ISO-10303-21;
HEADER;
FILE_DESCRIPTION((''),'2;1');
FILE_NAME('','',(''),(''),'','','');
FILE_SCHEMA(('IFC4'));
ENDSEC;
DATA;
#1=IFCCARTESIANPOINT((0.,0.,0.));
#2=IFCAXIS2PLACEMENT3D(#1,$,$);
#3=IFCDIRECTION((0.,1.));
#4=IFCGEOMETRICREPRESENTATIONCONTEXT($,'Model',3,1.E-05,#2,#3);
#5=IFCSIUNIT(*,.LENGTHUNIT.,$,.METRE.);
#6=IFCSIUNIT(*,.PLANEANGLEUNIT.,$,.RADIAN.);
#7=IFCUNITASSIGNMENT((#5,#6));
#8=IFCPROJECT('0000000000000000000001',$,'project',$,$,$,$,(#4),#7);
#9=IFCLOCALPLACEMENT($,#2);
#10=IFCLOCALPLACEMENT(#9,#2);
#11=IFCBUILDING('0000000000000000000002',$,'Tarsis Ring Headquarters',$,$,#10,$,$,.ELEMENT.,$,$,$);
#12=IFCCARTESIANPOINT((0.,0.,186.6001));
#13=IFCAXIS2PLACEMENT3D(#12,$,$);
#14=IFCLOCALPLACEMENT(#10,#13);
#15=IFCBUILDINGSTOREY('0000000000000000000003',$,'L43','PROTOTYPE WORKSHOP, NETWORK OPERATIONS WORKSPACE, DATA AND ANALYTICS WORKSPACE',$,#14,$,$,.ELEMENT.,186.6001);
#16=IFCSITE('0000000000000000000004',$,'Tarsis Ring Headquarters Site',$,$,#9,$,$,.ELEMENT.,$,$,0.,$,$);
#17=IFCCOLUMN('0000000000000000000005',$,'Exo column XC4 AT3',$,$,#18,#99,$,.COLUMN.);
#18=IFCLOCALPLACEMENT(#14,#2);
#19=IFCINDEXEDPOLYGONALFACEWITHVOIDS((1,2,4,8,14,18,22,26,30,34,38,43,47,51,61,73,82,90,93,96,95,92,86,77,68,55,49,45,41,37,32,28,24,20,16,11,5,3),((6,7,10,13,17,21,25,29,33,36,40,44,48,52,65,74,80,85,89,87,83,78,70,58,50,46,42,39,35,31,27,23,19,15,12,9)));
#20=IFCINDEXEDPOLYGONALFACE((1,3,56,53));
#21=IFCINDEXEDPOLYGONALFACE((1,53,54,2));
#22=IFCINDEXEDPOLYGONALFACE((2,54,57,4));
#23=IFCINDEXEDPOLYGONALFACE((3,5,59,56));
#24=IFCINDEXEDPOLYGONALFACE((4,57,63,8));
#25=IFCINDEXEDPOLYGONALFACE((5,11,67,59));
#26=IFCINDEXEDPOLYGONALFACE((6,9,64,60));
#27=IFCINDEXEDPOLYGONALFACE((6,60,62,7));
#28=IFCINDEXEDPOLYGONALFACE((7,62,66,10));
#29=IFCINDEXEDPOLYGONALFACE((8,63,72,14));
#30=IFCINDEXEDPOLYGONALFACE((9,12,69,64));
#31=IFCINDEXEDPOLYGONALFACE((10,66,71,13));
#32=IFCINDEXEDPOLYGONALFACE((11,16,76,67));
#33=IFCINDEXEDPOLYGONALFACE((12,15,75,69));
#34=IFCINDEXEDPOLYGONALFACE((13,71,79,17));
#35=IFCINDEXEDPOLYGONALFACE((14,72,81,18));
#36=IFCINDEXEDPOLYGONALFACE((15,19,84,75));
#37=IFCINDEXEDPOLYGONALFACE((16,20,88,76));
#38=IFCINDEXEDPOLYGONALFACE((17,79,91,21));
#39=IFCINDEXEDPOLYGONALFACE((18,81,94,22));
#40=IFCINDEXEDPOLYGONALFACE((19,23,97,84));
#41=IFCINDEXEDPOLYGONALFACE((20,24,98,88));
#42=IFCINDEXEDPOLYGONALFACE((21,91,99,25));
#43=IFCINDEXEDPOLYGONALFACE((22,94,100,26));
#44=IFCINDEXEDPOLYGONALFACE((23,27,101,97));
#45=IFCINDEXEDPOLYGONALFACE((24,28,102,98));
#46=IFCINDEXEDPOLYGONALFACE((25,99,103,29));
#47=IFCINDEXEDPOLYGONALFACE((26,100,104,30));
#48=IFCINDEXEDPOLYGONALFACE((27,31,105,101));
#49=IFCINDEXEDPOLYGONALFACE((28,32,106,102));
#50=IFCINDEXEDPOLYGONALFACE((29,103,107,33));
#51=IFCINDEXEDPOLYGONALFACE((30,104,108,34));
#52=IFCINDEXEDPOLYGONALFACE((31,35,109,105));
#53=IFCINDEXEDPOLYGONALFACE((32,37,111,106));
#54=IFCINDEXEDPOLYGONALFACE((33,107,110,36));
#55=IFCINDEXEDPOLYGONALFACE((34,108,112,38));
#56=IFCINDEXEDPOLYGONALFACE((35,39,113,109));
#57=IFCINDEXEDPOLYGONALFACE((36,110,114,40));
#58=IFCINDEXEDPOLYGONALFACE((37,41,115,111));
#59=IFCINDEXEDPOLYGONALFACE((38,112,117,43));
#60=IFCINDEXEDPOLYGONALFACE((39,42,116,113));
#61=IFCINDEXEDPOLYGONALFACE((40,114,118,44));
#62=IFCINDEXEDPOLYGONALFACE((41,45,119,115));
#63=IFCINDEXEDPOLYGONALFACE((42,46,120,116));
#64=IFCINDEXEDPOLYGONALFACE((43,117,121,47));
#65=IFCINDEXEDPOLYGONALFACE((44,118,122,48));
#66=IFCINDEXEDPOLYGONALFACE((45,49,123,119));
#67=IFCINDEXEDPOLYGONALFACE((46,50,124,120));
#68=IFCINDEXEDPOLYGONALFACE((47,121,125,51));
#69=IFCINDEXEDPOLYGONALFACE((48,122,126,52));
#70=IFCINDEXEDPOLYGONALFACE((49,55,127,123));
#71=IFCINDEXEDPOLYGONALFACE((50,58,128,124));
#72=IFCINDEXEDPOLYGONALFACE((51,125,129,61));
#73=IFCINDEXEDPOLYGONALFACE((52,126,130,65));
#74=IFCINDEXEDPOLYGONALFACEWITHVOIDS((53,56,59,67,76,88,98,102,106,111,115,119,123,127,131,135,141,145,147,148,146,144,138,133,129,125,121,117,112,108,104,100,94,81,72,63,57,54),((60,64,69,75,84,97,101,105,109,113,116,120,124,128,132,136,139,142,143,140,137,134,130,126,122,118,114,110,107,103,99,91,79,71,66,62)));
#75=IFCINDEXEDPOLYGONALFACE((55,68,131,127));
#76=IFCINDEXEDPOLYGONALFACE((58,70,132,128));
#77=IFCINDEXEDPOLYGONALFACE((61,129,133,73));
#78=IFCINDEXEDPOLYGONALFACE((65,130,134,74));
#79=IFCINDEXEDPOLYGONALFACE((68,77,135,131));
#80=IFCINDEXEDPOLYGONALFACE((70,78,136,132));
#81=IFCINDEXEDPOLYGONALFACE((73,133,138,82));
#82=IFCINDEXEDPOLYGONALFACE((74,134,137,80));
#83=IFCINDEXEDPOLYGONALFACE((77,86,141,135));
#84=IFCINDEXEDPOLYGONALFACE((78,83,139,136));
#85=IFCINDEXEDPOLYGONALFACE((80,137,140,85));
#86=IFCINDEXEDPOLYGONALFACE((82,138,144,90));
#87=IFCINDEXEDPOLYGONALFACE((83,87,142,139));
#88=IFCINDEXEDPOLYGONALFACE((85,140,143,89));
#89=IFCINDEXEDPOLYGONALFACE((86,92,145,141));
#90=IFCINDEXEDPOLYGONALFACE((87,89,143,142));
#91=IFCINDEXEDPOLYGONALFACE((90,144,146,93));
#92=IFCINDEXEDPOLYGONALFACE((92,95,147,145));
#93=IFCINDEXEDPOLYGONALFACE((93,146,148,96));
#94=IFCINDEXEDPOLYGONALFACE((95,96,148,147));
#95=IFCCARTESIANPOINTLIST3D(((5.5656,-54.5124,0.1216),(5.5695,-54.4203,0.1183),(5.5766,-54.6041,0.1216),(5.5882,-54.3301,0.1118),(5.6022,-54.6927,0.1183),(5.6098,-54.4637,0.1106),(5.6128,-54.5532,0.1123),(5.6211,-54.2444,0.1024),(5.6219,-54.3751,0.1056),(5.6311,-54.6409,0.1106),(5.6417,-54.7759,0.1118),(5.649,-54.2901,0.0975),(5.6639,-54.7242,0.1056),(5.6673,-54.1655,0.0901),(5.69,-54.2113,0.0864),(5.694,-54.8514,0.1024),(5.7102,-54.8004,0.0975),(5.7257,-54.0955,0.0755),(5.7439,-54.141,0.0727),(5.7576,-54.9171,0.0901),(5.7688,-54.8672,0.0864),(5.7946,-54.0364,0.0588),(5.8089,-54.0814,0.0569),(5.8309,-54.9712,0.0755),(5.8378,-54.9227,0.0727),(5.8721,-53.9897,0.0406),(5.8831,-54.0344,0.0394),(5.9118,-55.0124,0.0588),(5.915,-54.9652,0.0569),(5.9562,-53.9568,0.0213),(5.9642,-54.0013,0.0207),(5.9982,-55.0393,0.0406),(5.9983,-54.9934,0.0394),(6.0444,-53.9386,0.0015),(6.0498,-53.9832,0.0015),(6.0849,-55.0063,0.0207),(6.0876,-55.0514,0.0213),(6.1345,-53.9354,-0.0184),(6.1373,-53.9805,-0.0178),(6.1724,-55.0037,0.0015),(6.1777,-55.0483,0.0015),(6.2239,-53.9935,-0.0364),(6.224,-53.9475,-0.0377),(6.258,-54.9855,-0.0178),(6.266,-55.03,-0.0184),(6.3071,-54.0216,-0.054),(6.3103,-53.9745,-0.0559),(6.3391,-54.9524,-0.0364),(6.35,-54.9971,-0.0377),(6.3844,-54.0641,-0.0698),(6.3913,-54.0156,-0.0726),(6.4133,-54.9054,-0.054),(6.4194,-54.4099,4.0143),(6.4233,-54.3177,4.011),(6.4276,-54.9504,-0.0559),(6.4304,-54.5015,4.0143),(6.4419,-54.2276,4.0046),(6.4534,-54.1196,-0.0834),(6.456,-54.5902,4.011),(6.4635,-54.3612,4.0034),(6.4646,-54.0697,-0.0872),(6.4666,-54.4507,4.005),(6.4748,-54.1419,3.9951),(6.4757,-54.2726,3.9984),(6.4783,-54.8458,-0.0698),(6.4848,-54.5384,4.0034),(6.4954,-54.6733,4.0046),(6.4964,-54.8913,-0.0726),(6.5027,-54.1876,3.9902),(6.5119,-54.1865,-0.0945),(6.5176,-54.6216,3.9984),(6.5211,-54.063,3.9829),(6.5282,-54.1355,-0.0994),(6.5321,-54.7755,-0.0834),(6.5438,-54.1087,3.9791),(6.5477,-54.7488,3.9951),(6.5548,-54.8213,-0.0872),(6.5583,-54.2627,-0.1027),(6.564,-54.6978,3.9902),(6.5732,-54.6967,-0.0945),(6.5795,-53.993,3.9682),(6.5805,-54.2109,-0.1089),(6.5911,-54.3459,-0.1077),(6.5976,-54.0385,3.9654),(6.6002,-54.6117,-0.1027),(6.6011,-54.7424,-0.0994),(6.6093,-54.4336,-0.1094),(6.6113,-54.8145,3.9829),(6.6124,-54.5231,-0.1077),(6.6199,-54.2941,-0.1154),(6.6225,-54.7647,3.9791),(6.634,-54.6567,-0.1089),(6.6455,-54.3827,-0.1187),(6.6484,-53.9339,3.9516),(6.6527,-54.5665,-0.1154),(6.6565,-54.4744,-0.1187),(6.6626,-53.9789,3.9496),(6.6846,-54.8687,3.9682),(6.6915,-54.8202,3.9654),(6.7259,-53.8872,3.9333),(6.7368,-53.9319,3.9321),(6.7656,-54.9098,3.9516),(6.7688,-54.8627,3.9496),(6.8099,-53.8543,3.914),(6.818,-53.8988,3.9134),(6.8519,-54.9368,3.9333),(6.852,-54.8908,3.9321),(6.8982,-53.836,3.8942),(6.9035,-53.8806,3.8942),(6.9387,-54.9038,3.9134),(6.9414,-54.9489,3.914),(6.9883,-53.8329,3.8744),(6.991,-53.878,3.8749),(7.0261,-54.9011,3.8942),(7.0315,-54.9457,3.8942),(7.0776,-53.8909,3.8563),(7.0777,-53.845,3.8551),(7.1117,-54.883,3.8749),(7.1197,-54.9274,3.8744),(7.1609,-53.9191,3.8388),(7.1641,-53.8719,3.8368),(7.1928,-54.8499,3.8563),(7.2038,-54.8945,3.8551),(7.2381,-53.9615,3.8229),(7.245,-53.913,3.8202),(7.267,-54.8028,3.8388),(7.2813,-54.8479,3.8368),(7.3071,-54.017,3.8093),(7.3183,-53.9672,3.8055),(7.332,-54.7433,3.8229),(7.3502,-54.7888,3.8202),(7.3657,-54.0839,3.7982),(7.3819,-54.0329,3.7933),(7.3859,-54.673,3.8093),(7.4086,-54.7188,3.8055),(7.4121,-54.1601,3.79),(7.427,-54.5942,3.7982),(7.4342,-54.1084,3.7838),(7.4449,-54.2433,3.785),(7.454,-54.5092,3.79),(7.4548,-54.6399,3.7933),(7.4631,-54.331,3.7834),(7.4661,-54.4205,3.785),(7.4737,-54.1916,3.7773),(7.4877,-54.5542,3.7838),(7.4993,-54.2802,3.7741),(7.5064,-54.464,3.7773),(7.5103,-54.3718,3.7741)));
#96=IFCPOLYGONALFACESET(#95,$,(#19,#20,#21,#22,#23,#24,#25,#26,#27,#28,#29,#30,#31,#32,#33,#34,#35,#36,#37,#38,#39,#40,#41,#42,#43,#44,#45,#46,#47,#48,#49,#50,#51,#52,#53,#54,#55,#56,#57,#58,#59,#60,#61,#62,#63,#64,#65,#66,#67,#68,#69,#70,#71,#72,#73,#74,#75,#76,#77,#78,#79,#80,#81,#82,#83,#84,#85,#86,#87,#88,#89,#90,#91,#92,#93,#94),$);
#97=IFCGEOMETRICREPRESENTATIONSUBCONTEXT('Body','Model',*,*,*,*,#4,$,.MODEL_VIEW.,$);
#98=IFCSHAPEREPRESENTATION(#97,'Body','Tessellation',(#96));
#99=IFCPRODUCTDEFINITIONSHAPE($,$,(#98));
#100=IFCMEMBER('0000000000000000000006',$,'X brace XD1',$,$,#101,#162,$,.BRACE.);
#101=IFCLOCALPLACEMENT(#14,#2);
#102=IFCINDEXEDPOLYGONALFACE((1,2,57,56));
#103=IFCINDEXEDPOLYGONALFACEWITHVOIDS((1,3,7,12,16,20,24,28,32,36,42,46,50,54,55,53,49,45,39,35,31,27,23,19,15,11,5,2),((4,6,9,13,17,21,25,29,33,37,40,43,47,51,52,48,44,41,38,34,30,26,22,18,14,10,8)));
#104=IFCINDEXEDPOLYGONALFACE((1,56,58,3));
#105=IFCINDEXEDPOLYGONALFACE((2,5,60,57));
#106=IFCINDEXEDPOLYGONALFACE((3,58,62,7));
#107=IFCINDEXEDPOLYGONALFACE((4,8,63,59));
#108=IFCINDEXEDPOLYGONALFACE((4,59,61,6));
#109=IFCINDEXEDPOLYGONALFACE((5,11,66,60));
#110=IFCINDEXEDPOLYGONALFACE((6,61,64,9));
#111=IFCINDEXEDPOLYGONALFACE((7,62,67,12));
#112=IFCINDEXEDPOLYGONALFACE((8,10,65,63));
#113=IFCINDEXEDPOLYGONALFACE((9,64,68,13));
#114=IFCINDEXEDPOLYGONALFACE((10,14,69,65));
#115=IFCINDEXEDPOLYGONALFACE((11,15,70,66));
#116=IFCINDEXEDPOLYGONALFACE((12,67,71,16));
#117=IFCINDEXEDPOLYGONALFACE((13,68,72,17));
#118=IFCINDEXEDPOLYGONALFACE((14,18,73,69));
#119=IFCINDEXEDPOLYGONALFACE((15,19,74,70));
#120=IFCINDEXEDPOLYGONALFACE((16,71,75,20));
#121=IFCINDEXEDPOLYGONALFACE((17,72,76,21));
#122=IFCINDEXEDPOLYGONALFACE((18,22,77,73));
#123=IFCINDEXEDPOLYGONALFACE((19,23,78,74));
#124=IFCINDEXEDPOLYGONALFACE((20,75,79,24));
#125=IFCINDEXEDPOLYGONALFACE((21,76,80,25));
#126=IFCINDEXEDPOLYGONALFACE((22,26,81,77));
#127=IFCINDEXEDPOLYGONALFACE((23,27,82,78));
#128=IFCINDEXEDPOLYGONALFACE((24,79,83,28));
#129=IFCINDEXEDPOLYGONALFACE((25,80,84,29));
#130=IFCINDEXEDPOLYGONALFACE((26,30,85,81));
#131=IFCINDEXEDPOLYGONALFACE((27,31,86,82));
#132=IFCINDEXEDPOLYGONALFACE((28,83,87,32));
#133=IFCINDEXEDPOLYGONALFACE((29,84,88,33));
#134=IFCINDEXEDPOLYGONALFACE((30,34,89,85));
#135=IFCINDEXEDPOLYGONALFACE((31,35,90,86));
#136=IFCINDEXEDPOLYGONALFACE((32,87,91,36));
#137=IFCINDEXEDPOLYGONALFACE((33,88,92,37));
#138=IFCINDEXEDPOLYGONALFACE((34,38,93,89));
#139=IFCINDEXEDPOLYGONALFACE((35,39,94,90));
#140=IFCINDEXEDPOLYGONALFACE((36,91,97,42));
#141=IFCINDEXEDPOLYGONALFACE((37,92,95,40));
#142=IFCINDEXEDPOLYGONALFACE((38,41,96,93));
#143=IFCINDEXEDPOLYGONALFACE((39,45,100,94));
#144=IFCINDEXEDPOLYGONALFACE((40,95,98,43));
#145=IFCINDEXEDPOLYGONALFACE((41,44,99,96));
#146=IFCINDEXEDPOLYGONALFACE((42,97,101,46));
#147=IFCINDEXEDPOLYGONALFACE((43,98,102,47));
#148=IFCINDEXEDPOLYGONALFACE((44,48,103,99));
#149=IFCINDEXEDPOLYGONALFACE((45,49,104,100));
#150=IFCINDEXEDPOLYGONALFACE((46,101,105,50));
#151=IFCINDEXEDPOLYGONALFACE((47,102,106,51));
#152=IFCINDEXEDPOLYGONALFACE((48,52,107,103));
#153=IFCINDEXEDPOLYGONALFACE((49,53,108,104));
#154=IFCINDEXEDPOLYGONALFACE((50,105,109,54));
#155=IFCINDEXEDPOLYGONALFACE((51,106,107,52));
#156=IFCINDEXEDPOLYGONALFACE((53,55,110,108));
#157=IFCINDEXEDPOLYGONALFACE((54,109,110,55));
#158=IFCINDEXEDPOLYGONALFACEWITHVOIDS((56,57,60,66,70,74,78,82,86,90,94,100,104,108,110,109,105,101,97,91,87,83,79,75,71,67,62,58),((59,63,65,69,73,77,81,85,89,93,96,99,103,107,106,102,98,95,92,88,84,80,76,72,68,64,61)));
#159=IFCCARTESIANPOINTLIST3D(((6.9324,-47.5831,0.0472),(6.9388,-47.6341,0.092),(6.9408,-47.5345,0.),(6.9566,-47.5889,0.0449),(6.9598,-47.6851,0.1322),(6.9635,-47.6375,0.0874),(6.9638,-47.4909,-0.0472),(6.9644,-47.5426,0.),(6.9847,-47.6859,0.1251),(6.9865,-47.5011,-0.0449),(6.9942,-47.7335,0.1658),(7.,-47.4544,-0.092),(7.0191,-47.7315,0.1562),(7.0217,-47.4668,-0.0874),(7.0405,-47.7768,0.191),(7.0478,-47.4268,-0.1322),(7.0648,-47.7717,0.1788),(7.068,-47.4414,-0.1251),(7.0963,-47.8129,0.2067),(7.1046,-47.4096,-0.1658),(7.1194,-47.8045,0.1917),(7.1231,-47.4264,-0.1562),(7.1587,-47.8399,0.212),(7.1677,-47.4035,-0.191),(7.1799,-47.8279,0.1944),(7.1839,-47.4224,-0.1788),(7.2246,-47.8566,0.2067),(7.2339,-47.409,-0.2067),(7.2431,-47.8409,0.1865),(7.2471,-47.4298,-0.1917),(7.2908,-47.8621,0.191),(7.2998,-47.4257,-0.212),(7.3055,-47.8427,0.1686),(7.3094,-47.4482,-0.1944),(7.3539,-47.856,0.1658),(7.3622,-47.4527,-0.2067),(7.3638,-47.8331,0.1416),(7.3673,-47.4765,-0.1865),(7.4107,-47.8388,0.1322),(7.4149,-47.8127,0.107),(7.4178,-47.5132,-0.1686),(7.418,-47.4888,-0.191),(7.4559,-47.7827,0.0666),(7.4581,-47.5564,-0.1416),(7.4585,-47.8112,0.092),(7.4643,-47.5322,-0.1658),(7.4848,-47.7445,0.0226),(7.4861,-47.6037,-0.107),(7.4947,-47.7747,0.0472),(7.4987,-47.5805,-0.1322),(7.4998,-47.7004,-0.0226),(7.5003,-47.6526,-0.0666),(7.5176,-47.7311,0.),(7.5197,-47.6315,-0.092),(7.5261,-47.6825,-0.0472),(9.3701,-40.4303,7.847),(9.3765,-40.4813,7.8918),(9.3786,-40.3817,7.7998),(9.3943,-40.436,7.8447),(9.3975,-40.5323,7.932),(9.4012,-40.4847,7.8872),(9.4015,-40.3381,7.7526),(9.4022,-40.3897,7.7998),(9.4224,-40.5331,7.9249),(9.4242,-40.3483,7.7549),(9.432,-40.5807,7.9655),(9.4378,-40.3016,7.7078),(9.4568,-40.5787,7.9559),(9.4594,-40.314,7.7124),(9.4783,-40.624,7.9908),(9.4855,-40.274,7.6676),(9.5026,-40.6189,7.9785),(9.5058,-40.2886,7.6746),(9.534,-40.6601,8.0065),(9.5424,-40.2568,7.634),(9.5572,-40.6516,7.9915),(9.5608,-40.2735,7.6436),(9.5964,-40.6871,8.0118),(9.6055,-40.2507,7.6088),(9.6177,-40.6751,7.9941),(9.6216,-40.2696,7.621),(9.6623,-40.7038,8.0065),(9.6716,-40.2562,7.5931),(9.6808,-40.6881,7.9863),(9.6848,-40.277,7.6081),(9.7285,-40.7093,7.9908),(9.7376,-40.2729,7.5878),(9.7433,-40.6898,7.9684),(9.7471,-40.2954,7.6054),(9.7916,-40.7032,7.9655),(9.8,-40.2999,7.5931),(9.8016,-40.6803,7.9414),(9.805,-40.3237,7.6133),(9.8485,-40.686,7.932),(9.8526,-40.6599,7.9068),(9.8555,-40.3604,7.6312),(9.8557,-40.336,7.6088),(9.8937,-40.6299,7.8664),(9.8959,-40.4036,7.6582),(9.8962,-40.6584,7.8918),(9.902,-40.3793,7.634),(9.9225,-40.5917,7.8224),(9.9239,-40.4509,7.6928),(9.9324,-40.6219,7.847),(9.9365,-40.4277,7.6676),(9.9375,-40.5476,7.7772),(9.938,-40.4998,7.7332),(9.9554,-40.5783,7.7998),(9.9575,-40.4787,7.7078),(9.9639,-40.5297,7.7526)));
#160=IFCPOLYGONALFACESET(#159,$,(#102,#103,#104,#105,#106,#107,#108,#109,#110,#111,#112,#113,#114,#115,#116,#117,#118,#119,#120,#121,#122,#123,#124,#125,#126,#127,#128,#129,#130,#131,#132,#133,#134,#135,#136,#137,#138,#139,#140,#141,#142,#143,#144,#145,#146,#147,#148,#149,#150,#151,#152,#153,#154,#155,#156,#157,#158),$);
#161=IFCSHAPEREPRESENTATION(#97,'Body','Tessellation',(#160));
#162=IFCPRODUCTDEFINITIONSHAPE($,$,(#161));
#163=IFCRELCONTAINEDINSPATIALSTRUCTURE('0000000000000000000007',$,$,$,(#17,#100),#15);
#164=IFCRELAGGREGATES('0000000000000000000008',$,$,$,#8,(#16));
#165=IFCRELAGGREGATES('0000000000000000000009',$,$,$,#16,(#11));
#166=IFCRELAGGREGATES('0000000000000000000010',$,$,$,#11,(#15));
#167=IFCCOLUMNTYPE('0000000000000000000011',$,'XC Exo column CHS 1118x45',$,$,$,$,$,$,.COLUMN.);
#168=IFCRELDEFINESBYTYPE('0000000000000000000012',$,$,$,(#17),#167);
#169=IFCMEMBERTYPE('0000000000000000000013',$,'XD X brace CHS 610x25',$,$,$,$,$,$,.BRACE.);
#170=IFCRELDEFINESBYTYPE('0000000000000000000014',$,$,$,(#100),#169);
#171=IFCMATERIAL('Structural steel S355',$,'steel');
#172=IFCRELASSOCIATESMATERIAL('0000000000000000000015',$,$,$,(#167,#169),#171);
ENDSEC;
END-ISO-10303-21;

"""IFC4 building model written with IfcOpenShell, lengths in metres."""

from ifc_helpers import new_model, si_unit, direction, frame, origin, origin_2d, place, context, subcontext, project, spatial, hollow_circle, extrude, material, material_profile, profile_set, type_object, element, save


model = new_model("IFC4")

# Units and contexts
model_context = context("Model", 3, precision=1e-05, world=origin(), true_north=direction((0.0, 1.0)))
body_context = subcontext(model_context, "Body", "Model", "MODEL_VIEW")
ifc_project = project(units=[si_unit("LENGTHUNIT", "METRE"), si_unit("PLANEANGLEUNIT", "RADIAN")], contexts=[model_context])

# Site, building, storey
site_placement = place(None, origin())
site = spatial("IfcSite", under=ifc_project, at=site_placement, Name="Tarsis Ring Headquarters Site", CompositionType="ELEMENT", RefElevation=0.0)
building_placement = place(site_placement, origin())
building = spatial("IfcBuilding", under=site, at=building_placement, Name="Tarsis Ring Headquarters", CompositionType="ELEMENT")
storey_placement = place(building_placement, frame((0.0, 0.0, 186.6001)))
storey = spatial("IfcBuildingStorey", under=building, at=storey_placement, Name="L43", Description="PROTOTYPE WORKSHOP, NETWORK OPERATIONS WORKSPACE, DATA AND ANALYTICS WORKSPACE", CompositionType="ELEMENT", Elevation=186.6001)

# Column
ifc_material_1 = material(Name="Structural steel S355", Category="steel")
ifc_material_profile_1 = material_profile(ifc_material_1, hollow_circle(Radius=0.5588, WallThickness=0.0449, at=origin_2d()), Name="CHS 1118x45")
ifc_profile_set_1 = profile_set([ifc_material_profile_1], Name="Structural steel S355")
column_type = type_object("IfcColumnType", Name="XC Exo column CHS 1118x45", PredefinedType="COLUMN", material=ifc_profile_set_1)
column_placement = place(storey_placement, frame((6.1111, -54.4934, 0.0015), z_axis=(0.214154, 0.025721, 0.976461), x_axis=(-0.119246, 0.992865, 0.0)))
element("IfcColumn", 1, at=column_placement, inside=storey, type_object=column_type, Name="Exo column XC4 AT3", PredefinedType="COLUMN", context=body_context, shape_type="SweptSolid", body=[
    extrude(hollow_circle(Radius=0.5588, WallThickness=0.0449, at=origin_2d()), origin(), (0.0, 0.0, 1.0), 3.9866),
])

# Member
ifc_material_profile_2 = material_profile(ifc_material_1, hollow_circle(Radius=0.3047, WallThickness=0.0249, at=origin_2d()), Name="CHS 610x25")
ifc_profile_set_2 = profile_set([ifc_material_profile_2], Name="Structural steel S355")
member_type = type_object("IfcMemberType", Name="XD X brace CHS 610x25", PredefinedType="BRACE", material=ifc_profile_set_2)
member_1_placement = place(storey_placement, frame((7.2292, -47.6328, 0.0), z_axis=(0.224467, 0.658632, 0.718205), x_axis=(-0.946539, 0.322588, 0.0)))
element("IfcMember", 2, at=member_1_placement, inside=storey, type_object=member_type, Name="X brace XD1", PredefinedType="BRACE", context=body_context, shape_type="SweptSolid", body=[
    extrude(hollow_circle(Radius=0.3047, WallThickness=0.0249, at=origin_2d()), origin(), (0.0, 0.0, 1.0), 10.8601),
])

save(model, "model.ifc")
